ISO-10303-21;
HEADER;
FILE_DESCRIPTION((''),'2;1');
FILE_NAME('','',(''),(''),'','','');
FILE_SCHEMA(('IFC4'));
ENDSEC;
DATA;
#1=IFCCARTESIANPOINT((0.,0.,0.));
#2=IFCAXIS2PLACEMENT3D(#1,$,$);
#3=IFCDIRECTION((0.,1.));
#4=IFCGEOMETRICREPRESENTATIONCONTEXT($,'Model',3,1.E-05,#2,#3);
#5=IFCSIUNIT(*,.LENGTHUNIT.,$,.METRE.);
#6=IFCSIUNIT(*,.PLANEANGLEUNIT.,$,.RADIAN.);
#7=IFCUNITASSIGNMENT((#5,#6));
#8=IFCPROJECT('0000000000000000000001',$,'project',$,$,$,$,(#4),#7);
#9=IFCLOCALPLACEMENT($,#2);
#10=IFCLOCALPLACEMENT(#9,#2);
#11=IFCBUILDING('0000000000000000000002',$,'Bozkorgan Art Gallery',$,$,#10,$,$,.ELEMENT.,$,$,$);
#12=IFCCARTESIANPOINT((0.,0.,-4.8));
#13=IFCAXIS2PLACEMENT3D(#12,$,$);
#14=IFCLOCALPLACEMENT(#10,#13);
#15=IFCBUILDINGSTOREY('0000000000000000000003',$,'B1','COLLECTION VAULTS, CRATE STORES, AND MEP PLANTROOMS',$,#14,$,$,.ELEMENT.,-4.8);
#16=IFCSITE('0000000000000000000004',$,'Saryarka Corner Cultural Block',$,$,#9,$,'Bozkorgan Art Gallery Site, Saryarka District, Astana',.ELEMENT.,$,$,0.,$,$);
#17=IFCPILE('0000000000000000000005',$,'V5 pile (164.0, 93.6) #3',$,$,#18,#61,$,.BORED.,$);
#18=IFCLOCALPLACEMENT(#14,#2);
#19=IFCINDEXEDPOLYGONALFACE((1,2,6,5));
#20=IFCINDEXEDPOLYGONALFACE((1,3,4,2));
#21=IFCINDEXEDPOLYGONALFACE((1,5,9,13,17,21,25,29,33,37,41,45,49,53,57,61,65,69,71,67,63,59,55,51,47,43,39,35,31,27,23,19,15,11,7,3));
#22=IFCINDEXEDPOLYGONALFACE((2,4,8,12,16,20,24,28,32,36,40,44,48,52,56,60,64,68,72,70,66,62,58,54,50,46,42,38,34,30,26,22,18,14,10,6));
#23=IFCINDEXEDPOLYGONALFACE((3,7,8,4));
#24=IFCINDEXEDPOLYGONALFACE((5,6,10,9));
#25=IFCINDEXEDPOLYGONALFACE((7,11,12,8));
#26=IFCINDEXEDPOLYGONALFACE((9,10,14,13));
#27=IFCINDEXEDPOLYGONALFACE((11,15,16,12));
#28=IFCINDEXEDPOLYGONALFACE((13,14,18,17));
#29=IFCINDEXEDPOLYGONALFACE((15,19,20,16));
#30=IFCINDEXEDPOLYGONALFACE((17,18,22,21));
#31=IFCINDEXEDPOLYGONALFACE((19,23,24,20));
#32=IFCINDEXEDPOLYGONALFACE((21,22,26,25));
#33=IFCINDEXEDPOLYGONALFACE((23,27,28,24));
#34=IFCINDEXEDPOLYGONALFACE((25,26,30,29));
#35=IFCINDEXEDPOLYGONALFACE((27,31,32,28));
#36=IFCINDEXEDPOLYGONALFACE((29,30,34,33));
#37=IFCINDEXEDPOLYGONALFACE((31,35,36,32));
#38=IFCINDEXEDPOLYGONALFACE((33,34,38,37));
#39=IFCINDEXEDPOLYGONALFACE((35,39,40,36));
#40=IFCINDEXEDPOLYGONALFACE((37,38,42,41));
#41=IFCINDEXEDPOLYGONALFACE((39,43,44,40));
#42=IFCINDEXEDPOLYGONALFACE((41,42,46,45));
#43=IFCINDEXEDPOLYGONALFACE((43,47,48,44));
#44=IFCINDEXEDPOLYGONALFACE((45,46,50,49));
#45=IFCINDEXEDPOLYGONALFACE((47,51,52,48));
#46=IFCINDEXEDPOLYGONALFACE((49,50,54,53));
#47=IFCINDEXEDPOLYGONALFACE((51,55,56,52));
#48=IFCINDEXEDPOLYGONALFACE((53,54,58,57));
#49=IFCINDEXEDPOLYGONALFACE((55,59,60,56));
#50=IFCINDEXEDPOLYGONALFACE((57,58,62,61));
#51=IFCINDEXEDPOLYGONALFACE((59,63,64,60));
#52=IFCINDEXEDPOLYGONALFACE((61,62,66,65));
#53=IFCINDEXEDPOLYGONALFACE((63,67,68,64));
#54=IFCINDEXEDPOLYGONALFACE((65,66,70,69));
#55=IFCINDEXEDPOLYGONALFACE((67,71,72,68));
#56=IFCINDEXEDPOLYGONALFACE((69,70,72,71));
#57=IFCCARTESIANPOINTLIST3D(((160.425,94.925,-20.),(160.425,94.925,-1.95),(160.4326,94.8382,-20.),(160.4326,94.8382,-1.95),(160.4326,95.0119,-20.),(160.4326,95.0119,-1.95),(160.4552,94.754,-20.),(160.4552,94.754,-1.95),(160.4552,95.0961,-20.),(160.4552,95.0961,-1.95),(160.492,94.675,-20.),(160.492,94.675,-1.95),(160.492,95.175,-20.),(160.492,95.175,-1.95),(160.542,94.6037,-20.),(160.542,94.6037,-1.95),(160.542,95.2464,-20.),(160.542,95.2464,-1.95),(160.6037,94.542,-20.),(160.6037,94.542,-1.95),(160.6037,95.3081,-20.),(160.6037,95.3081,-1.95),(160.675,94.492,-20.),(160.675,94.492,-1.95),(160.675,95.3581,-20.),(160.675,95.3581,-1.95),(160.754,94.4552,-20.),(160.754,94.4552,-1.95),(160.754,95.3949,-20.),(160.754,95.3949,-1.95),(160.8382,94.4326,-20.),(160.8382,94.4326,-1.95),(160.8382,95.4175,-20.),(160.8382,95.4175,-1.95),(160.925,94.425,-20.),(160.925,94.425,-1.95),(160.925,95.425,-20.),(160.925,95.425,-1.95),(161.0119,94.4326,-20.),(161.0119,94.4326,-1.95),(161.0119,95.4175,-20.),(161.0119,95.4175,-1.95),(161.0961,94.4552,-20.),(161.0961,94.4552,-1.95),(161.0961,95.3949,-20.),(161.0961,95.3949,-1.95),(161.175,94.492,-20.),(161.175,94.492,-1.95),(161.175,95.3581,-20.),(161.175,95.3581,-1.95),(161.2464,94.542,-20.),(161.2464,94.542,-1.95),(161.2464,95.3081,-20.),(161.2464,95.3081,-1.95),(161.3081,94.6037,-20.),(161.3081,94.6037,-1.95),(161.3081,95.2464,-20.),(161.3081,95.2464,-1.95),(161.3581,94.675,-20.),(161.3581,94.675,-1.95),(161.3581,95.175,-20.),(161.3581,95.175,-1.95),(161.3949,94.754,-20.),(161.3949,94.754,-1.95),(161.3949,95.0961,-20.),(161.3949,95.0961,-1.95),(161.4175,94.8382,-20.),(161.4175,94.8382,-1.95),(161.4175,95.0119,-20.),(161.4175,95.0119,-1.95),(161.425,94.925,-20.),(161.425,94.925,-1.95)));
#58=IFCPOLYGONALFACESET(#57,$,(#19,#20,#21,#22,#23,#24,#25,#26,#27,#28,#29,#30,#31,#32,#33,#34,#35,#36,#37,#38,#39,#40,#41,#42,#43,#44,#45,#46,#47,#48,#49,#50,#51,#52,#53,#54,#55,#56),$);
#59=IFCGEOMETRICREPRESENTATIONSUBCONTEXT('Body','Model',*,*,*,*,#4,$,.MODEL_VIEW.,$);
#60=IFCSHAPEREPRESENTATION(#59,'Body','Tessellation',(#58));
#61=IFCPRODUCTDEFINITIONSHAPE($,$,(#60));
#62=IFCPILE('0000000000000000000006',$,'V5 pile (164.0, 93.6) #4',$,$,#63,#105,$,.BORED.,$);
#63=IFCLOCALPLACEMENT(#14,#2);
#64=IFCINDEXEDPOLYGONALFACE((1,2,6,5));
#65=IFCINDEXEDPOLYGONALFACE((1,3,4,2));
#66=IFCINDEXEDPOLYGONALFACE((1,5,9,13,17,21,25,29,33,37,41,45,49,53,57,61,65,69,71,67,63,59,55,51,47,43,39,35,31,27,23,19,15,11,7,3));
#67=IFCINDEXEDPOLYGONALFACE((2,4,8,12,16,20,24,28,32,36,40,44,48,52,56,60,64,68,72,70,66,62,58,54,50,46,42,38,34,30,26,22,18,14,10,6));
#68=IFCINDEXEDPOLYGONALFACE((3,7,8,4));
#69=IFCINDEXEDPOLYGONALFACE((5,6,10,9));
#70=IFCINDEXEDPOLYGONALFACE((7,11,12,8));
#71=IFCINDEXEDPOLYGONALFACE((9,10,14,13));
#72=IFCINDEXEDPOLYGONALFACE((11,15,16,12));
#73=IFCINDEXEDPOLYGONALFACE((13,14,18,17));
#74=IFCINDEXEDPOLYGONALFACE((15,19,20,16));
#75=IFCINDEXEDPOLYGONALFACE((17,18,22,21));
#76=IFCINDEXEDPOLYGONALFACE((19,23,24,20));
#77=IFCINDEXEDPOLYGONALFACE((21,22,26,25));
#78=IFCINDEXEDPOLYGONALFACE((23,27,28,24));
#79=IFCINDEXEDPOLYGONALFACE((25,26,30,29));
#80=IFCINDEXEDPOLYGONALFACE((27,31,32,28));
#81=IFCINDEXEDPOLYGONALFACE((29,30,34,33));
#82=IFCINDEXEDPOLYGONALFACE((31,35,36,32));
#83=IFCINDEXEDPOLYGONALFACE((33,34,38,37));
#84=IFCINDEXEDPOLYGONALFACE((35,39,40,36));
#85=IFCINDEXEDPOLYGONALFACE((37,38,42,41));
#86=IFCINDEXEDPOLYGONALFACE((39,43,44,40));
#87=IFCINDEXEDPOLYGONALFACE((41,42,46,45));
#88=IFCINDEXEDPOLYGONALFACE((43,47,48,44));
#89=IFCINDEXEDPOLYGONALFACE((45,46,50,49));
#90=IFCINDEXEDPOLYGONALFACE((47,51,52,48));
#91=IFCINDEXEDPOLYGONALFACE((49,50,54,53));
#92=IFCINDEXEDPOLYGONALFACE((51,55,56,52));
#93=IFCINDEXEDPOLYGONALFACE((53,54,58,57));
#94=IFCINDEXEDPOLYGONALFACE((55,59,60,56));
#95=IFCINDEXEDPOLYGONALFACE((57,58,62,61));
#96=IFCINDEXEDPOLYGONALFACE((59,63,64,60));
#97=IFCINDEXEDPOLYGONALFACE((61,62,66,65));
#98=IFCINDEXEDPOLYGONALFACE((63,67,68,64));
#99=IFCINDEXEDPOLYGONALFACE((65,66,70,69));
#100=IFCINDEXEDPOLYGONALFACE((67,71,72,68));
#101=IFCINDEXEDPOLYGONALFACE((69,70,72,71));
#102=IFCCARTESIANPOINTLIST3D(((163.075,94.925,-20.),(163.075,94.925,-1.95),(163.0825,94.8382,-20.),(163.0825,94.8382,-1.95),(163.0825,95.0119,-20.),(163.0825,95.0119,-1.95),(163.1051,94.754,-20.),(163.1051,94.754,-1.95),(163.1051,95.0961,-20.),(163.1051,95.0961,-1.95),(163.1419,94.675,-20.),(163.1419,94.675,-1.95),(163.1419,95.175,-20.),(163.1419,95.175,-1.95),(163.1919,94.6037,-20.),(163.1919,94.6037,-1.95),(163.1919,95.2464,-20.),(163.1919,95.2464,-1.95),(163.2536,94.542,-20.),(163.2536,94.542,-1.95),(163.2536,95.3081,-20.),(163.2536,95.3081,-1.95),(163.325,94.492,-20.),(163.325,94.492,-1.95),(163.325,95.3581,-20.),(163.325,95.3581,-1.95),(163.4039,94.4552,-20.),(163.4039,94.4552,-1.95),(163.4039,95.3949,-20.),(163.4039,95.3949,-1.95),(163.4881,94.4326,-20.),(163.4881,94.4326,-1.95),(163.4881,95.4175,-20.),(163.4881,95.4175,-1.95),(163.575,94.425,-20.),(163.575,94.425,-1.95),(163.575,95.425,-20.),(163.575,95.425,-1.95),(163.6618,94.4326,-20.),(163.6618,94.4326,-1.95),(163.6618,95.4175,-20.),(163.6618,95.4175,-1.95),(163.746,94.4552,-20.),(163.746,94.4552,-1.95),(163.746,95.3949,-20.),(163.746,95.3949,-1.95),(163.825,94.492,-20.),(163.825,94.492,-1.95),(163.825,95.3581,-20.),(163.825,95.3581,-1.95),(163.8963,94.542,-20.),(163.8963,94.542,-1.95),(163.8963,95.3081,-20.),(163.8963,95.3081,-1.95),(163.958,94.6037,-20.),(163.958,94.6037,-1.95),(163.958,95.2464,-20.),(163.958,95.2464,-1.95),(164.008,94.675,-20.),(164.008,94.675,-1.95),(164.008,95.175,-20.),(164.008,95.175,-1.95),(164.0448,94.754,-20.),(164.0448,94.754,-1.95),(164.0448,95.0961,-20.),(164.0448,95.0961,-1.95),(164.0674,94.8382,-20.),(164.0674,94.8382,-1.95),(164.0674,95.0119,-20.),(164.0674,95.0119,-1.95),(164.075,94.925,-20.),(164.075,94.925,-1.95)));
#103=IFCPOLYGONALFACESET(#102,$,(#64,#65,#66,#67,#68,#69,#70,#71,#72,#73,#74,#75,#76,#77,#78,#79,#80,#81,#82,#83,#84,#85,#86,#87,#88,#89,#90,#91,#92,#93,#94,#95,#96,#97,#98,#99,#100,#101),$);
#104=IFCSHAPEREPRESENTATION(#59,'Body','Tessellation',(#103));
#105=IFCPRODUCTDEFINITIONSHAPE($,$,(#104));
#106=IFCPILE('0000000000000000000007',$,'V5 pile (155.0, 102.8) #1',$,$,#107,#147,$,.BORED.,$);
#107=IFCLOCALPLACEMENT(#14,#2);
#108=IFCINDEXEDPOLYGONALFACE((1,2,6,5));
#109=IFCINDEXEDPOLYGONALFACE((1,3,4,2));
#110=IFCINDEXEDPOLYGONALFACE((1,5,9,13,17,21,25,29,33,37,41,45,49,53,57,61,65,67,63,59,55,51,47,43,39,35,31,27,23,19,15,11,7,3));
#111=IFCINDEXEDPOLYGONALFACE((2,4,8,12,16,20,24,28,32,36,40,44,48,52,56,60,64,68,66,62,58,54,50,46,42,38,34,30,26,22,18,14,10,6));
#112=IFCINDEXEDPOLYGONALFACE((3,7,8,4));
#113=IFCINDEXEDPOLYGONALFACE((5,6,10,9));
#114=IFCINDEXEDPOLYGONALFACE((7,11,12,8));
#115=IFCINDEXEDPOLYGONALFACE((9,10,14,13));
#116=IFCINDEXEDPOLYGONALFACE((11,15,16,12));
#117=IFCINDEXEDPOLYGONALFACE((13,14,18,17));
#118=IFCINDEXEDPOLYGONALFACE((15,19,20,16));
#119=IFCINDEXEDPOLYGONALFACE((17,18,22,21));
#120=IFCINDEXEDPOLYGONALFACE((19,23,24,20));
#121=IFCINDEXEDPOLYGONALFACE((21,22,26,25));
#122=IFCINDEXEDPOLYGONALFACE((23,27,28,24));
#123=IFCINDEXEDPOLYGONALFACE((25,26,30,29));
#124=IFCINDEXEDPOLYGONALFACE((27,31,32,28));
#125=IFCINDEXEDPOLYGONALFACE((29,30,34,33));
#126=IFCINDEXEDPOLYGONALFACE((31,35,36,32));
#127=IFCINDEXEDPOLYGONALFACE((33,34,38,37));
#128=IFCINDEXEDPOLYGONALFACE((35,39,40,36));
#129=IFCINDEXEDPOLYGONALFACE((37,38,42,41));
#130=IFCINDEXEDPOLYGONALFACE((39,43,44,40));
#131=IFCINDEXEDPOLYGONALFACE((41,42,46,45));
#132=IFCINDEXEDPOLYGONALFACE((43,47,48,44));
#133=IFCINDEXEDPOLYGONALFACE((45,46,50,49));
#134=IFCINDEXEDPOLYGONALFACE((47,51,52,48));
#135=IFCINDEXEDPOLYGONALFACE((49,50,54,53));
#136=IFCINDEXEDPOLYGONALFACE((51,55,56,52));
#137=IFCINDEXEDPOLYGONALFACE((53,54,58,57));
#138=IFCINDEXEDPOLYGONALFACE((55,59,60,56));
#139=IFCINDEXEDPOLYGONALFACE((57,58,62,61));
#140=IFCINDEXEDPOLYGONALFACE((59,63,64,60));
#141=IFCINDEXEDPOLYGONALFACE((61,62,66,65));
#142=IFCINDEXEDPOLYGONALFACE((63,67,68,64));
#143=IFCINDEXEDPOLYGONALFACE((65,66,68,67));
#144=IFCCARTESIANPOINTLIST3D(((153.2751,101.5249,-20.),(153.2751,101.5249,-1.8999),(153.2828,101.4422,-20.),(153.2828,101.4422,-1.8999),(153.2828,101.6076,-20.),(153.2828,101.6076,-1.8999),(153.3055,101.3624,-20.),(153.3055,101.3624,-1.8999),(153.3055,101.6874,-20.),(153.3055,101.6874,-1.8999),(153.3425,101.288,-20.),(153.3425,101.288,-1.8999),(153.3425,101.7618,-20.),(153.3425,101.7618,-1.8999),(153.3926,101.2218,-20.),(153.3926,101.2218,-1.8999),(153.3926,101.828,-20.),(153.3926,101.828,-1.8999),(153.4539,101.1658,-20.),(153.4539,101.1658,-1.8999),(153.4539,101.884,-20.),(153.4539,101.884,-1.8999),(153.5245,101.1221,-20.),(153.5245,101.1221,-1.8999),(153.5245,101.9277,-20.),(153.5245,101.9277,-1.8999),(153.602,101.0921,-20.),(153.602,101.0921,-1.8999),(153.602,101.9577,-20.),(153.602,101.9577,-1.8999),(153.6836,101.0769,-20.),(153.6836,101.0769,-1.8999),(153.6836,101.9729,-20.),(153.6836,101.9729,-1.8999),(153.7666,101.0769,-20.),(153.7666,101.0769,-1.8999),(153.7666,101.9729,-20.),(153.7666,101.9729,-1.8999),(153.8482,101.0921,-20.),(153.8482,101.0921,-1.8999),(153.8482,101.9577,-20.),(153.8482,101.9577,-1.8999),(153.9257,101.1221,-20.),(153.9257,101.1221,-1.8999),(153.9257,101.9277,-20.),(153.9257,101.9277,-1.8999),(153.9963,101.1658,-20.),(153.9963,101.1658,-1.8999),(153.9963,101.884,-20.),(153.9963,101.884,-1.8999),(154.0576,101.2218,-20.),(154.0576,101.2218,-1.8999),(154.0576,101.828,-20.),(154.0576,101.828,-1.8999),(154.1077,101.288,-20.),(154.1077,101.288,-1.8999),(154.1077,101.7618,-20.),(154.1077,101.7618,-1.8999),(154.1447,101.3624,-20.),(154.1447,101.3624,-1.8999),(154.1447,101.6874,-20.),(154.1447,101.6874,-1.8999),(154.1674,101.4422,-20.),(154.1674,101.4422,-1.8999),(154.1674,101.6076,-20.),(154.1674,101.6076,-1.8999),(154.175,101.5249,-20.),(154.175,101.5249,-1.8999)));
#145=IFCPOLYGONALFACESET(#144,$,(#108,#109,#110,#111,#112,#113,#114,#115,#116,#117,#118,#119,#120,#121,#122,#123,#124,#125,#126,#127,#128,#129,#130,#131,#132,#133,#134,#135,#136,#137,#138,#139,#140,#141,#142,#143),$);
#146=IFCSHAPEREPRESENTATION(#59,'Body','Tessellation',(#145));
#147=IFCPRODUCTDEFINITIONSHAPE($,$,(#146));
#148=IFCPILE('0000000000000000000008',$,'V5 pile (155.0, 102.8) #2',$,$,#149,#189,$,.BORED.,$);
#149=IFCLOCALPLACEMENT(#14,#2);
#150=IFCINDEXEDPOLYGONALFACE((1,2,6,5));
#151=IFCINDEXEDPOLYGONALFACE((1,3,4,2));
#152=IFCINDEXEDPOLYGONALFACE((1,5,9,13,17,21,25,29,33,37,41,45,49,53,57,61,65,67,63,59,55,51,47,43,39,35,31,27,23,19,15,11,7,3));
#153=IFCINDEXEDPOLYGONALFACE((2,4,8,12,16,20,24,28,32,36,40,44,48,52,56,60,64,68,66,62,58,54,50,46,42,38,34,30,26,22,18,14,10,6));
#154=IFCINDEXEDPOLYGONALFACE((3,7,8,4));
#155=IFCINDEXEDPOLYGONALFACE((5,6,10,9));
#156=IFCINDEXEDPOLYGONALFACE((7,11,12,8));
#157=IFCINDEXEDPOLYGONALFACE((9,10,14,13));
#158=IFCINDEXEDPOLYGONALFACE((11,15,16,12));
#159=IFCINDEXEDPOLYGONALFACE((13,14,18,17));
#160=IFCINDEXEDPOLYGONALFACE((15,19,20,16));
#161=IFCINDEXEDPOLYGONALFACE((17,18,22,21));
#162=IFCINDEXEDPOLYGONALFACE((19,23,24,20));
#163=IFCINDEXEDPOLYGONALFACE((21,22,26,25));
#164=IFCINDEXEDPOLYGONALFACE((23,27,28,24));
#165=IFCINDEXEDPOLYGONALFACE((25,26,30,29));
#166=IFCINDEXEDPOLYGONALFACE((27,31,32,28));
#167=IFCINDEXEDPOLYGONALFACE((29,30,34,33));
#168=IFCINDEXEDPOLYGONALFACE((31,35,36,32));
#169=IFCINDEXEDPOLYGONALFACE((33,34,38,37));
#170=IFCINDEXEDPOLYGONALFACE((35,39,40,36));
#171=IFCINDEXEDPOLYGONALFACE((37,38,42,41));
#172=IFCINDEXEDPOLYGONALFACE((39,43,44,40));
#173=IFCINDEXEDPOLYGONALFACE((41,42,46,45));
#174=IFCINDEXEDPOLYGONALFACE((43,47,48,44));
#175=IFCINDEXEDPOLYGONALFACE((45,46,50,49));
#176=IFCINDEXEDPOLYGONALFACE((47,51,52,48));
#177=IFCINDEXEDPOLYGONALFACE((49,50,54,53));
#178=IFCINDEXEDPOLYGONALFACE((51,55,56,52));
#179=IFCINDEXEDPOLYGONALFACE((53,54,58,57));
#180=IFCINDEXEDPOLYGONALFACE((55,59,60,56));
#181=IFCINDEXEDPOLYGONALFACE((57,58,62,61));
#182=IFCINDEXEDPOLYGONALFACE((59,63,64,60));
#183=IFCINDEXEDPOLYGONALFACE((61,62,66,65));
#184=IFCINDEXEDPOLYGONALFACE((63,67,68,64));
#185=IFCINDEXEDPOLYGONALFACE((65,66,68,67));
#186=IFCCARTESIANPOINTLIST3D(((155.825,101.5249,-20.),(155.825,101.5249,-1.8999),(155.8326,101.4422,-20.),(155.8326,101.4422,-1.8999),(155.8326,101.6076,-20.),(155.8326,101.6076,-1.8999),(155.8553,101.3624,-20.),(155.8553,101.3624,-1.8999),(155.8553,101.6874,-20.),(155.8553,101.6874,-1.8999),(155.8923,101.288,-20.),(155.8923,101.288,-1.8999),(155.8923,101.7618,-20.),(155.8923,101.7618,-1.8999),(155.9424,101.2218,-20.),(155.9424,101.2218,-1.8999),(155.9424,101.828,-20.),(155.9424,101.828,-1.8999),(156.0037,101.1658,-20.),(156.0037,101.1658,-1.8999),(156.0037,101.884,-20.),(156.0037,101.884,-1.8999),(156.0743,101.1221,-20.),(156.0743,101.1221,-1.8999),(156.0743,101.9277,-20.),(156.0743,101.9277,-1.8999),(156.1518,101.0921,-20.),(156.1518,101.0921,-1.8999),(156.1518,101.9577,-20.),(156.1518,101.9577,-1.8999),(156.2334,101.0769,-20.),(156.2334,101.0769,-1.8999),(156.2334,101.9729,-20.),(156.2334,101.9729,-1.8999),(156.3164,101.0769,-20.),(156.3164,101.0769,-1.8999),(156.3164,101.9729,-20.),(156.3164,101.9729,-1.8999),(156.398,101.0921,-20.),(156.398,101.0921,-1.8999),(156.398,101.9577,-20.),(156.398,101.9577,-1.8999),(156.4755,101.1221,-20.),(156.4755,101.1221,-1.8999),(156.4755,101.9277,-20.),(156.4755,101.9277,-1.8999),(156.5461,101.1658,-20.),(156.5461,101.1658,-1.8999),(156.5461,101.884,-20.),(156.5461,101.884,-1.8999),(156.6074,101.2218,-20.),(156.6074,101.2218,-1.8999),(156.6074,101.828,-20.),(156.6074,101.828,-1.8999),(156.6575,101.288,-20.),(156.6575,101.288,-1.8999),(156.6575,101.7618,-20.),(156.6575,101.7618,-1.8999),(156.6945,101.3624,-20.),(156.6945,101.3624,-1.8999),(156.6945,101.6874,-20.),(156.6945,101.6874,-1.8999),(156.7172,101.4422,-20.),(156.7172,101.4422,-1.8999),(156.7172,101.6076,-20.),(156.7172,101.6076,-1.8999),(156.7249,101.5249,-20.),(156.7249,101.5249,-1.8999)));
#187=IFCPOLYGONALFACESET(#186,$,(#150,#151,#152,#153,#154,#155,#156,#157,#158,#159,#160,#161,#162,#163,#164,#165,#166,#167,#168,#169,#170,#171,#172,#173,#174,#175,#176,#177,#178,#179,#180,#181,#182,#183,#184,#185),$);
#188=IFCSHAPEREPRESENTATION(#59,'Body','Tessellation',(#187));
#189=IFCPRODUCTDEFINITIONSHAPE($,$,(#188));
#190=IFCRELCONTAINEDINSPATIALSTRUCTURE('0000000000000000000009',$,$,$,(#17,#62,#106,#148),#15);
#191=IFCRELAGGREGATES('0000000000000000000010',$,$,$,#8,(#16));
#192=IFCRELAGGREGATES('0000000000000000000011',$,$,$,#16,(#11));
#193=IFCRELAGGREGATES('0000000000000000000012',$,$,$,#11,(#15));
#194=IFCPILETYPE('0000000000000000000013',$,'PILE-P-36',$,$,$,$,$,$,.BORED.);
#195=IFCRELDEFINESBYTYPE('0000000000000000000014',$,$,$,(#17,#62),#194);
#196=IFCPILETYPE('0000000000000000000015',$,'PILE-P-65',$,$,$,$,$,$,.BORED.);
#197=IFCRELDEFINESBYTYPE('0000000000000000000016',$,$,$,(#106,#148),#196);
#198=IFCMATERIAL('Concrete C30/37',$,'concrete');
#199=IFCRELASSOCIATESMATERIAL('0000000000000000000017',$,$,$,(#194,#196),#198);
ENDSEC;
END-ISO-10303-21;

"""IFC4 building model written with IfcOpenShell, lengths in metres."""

from ifc_helpers import new_model, si_unit, direction, frame, origin, origin_2d, place, context, subcontext, project, spatial, circle, extrude, material, material_profile, profile_set, type_object, element, save


model = new_model("IFC4")

# Units and contexts
model_context = context("Model", 3, precision=1e-05, world=origin(), true_north=direction((0.0, 1.0)))
body_context = subcontext(model_context, "Body", "Model", "MODEL_VIEW")
ifc_project = project(units=[si_unit("LENGTHUNIT", "METRE"), si_unit("PLANEANGLEUNIT", "RADIAN")], contexts=[model_context])

# Site, building, storey
site_placement = place(None, origin())
site = spatial("IfcSite", under=ifc_project, at=site_placement, Name="Saryarka Corner Cultural Block", LongName="Bozkorgan Art Gallery Site, Saryarka District, Astana", CompositionType="ELEMENT", RefElevation=0.0)
building_placement = place(site_placement, origin())
building = spatial("IfcBuilding", under=site, at=building_placement, Name="Bozkorgan Art Gallery", CompositionType="ELEMENT")
storey_placement = place(building_placement, frame((0.0, 0.0, -4.8)))
storey = spatial("IfcBuildingStorey", under=building, at=storey_placement, Name="B1", Description="COLLECTION VAULTS, CRATE STORES, AND MEP PLANTROOMS", CompositionType="ELEMENT", Elevation=-4.8)

# Shared definitions
ifc_material_1 = material(Name="Concrete C30/37", Category="concrete")

# Piles
ifc_material_profile_1 = material_profile(ifc_material_1, circle(Radius=0.5, at=origin_2d()), Name="PILE D1000")
ifc_profile_set_1 = profile_set([ifc_material_profile_1], Name="Concrete C30/37")
pile_type_1 = type_object("IfcPileType", Name="PILE-P-36", PredefinedType="BORED", material=ifc_profile_set_1)
for number, where, z_axis, x_axis, name in (
    (1, (160.925, 94.925, -1.95), (0.0, 0.0, -1.0), (1.0, 0.0, 0.0), "V5 pile (164.0, 93.6) #3"),
    (2, (163.575, 94.925, -1.95), (0.0, 0.0, -1.0), (1.0, 0.0, 0.0), "V5 pile (164.0, 93.6) #4"),
):
    element("IfcPile", number, at=place(storey_placement, frame(where, z_axis=z_axis, x_axis=x_axis)), inside=storey, type_object=pile_type_1, Name=name, PredefinedType="BORED", context=body_context, shape_type="SweptSolid", body=[
        extrude(circle(Radius=0.5, at=origin_2d()), origin(), (0.0, 0.0, 1.0), 18.05),
    ])
ifc_material_profile_2 = material_profile(ifc_material_1, circle(Radius=0.45, at=origin_2d()), Name="PILE D900")
ifc_profile_set_2 = profile_set([ifc_material_profile_2], Name="Concrete C30/37")
pile_type_2 = type_object("IfcPileType", Name="PILE-P-65", PredefinedType="BORED", material=ifc_profile_set_2)
for number, where, z_axis, x_axis, name in (
    (3, (153.7251, 101.5249, -1.8999), (0.0, 0.0, -1.0), (1.0, 0.0, 0.0), "V5 pile (155.0, 102.8) #1"),
    (4, (156.2749, 101.5249, -1.8999), (0.0, 0.0, -1.0), (1.0, 0.0, 0.0), "V5 pile (155.0, 102.8) #2"),
):
    element("IfcPile", number, at=place(storey_placement, frame(where, z_axis=z_axis, x_axis=x_axis)), inside=storey, type_object=pile_type_2, Name=name, PredefinedType="BORED", context=body_context, shape_type="SweptSolid", body=[
        extrude(circle(Radius=0.45, at=origin_2d()), origin(), (0.0, 0.0, 1.0), 18.1001),
    ])

save(model, "model.ifc")
